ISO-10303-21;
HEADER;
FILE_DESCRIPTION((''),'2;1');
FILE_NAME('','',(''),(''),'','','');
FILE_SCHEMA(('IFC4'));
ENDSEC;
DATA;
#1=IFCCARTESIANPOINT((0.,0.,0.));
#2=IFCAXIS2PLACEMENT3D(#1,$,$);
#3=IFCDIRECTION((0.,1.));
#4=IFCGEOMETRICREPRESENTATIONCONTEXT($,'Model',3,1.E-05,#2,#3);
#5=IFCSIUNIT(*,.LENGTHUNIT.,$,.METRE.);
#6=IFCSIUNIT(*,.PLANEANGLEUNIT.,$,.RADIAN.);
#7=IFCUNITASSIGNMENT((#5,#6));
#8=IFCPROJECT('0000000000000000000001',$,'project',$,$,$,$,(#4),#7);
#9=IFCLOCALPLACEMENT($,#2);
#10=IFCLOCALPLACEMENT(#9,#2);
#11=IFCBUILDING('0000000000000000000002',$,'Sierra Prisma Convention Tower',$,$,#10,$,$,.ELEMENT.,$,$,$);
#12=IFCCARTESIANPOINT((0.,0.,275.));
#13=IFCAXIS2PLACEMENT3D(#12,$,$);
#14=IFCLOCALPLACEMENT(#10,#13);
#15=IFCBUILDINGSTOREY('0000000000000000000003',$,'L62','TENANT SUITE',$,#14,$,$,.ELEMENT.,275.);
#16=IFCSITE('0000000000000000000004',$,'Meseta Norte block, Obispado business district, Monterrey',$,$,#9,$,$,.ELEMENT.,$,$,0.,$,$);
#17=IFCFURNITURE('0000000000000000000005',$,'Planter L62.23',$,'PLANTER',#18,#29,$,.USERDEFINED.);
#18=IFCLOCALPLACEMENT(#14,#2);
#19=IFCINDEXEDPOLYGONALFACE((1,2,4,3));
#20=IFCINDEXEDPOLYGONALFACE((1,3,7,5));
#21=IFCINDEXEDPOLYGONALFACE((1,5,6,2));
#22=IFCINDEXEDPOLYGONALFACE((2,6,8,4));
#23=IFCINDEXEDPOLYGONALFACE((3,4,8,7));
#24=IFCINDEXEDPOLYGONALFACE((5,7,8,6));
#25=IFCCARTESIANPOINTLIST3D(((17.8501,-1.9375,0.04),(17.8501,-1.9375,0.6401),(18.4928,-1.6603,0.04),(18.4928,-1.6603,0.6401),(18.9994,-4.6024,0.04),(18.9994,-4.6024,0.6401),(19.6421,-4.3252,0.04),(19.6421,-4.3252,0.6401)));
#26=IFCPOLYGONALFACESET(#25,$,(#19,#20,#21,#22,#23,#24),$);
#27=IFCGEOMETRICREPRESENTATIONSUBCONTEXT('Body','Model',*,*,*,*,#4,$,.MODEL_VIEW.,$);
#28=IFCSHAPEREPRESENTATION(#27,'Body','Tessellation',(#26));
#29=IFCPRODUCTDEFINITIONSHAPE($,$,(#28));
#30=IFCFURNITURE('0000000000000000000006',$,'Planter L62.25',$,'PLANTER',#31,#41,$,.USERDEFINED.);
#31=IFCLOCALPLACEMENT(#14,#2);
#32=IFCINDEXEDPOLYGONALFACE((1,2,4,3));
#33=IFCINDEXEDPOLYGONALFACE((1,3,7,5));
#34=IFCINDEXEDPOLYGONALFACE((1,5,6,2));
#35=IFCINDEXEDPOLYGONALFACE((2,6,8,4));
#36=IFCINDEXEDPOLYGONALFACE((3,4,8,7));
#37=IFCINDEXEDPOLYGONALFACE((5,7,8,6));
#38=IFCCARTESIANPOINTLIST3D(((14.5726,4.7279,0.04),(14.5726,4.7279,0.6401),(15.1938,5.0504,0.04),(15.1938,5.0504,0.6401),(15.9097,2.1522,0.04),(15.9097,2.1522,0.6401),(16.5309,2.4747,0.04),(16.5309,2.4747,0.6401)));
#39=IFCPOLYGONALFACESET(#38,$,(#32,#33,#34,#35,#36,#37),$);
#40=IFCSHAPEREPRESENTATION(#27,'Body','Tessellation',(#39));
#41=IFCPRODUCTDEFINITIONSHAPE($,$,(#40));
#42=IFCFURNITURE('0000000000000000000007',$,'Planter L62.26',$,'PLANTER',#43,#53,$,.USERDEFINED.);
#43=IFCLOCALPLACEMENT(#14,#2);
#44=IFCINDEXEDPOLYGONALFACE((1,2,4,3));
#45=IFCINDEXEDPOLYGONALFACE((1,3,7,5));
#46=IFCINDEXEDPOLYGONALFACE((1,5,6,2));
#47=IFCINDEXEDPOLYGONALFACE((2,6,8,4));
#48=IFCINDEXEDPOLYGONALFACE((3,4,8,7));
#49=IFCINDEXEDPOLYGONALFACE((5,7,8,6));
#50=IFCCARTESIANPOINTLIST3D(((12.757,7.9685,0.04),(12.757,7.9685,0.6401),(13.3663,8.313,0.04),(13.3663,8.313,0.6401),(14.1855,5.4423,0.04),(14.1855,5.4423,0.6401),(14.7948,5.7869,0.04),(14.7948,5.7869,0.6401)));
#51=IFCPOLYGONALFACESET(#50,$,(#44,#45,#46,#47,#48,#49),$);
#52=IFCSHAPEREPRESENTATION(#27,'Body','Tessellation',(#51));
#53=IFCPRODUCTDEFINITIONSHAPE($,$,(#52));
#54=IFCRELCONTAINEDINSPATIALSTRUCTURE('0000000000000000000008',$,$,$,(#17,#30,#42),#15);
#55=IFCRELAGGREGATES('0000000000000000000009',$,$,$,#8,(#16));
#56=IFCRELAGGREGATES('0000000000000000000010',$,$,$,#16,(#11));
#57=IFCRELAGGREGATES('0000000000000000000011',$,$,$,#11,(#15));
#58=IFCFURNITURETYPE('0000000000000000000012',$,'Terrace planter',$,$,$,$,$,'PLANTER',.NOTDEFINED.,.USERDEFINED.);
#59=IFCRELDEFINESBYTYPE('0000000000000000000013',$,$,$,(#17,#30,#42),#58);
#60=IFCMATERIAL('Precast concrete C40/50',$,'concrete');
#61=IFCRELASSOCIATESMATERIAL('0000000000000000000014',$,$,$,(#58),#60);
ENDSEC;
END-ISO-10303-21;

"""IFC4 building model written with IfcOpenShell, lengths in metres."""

from ifc_helpers import new_model, si_unit, direction, frame, origin, origin_2d, place, context, subcontext, project, spatial, rectangle, extrude, material, type_object, element, save


model = new_model("IFC4")

# Units and contexts
model_context = context("Model", 3, precision=1e-05, world=origin(), true_north=direction((0.0, 1.0)))
body_context = subcontext(model_context, "Body", "Model", "MODEL_VIEW")
ifc_project = project(units=[si_unit("LENGTHUNIT", "METRE"), si_unit("PLANEANGLEUNIT", "RADIAN")], contexts=[model_context])

# Site, building, storey
site_placement = place(None, origin())
site = spatial("IfcSite", under=ifc_project, at=site_placement, Name="Meseta Norte block, Obispado business district, Monterrey", CompositionType="ELEMENT", RefElevation=0.0)
building_placement = place(site_placement, origin())
building = spatial("IfcBuilding", under=site, at=building_placement, Name="Sierra Prisma Convention Tower", CompositionType="ELEMENT")
storey_placement = place(building_placement, frame((0.0, 0.0, 275.0)))
storey = spatial("IfcBuildingStorey", under=building, at=storey_placement, Name="L62", Description="TENANT SUITE", CompositionType="ELEMENT", Elevation=275.0)

# Furniture
ifc_material_1 = material(Name="Precast concrete C40/50", Category="concrete")
furniture_type = type_object("IfcFurnitureType", Name="Terrace planter", ElementType="PLANTER", AssemblyPlace="NOTDEFINED", PredefinedType="USERDEFINED", material=ifc_material_1)
for number, where, z_axis, x_axis, name in (
    (1, (18.7461, -3.1313, 0.04), (0.0, 0.0, 1.0), (-0.396027, 0.918239, 0.0), "Planter L62.23"),
    (2, (15.5518, 3.6013, 0.04), (0.0, 0.0, 1.0), (-0.460736, 0.887537, 0.0), "Planter L62.25"),
    (3, (13.7759, 6.8777, 0.04), (0.0, 0.0, 1.0), (-0.492225, 0.870468, 0.0), "Planter L62.26"),
):
    element("IfcFurniture", number, at=place(storey_placement, frame(where, z_axis=z_axis, x_axis=x_axis)), inside=storey, type_object=furniture_type, Name=name, ObjectType="PLANTER", PredefinedType="USERDEFINED", context=body_context, shape_type="SweptSolid", body=[
        extrude(rectangle(XDim=2.9021, YDim=0.7, at=origin_2d()), origin(), (0.0, 0.0, 1.0), 0.6001),
    ])

save(model, "model.ifc")
